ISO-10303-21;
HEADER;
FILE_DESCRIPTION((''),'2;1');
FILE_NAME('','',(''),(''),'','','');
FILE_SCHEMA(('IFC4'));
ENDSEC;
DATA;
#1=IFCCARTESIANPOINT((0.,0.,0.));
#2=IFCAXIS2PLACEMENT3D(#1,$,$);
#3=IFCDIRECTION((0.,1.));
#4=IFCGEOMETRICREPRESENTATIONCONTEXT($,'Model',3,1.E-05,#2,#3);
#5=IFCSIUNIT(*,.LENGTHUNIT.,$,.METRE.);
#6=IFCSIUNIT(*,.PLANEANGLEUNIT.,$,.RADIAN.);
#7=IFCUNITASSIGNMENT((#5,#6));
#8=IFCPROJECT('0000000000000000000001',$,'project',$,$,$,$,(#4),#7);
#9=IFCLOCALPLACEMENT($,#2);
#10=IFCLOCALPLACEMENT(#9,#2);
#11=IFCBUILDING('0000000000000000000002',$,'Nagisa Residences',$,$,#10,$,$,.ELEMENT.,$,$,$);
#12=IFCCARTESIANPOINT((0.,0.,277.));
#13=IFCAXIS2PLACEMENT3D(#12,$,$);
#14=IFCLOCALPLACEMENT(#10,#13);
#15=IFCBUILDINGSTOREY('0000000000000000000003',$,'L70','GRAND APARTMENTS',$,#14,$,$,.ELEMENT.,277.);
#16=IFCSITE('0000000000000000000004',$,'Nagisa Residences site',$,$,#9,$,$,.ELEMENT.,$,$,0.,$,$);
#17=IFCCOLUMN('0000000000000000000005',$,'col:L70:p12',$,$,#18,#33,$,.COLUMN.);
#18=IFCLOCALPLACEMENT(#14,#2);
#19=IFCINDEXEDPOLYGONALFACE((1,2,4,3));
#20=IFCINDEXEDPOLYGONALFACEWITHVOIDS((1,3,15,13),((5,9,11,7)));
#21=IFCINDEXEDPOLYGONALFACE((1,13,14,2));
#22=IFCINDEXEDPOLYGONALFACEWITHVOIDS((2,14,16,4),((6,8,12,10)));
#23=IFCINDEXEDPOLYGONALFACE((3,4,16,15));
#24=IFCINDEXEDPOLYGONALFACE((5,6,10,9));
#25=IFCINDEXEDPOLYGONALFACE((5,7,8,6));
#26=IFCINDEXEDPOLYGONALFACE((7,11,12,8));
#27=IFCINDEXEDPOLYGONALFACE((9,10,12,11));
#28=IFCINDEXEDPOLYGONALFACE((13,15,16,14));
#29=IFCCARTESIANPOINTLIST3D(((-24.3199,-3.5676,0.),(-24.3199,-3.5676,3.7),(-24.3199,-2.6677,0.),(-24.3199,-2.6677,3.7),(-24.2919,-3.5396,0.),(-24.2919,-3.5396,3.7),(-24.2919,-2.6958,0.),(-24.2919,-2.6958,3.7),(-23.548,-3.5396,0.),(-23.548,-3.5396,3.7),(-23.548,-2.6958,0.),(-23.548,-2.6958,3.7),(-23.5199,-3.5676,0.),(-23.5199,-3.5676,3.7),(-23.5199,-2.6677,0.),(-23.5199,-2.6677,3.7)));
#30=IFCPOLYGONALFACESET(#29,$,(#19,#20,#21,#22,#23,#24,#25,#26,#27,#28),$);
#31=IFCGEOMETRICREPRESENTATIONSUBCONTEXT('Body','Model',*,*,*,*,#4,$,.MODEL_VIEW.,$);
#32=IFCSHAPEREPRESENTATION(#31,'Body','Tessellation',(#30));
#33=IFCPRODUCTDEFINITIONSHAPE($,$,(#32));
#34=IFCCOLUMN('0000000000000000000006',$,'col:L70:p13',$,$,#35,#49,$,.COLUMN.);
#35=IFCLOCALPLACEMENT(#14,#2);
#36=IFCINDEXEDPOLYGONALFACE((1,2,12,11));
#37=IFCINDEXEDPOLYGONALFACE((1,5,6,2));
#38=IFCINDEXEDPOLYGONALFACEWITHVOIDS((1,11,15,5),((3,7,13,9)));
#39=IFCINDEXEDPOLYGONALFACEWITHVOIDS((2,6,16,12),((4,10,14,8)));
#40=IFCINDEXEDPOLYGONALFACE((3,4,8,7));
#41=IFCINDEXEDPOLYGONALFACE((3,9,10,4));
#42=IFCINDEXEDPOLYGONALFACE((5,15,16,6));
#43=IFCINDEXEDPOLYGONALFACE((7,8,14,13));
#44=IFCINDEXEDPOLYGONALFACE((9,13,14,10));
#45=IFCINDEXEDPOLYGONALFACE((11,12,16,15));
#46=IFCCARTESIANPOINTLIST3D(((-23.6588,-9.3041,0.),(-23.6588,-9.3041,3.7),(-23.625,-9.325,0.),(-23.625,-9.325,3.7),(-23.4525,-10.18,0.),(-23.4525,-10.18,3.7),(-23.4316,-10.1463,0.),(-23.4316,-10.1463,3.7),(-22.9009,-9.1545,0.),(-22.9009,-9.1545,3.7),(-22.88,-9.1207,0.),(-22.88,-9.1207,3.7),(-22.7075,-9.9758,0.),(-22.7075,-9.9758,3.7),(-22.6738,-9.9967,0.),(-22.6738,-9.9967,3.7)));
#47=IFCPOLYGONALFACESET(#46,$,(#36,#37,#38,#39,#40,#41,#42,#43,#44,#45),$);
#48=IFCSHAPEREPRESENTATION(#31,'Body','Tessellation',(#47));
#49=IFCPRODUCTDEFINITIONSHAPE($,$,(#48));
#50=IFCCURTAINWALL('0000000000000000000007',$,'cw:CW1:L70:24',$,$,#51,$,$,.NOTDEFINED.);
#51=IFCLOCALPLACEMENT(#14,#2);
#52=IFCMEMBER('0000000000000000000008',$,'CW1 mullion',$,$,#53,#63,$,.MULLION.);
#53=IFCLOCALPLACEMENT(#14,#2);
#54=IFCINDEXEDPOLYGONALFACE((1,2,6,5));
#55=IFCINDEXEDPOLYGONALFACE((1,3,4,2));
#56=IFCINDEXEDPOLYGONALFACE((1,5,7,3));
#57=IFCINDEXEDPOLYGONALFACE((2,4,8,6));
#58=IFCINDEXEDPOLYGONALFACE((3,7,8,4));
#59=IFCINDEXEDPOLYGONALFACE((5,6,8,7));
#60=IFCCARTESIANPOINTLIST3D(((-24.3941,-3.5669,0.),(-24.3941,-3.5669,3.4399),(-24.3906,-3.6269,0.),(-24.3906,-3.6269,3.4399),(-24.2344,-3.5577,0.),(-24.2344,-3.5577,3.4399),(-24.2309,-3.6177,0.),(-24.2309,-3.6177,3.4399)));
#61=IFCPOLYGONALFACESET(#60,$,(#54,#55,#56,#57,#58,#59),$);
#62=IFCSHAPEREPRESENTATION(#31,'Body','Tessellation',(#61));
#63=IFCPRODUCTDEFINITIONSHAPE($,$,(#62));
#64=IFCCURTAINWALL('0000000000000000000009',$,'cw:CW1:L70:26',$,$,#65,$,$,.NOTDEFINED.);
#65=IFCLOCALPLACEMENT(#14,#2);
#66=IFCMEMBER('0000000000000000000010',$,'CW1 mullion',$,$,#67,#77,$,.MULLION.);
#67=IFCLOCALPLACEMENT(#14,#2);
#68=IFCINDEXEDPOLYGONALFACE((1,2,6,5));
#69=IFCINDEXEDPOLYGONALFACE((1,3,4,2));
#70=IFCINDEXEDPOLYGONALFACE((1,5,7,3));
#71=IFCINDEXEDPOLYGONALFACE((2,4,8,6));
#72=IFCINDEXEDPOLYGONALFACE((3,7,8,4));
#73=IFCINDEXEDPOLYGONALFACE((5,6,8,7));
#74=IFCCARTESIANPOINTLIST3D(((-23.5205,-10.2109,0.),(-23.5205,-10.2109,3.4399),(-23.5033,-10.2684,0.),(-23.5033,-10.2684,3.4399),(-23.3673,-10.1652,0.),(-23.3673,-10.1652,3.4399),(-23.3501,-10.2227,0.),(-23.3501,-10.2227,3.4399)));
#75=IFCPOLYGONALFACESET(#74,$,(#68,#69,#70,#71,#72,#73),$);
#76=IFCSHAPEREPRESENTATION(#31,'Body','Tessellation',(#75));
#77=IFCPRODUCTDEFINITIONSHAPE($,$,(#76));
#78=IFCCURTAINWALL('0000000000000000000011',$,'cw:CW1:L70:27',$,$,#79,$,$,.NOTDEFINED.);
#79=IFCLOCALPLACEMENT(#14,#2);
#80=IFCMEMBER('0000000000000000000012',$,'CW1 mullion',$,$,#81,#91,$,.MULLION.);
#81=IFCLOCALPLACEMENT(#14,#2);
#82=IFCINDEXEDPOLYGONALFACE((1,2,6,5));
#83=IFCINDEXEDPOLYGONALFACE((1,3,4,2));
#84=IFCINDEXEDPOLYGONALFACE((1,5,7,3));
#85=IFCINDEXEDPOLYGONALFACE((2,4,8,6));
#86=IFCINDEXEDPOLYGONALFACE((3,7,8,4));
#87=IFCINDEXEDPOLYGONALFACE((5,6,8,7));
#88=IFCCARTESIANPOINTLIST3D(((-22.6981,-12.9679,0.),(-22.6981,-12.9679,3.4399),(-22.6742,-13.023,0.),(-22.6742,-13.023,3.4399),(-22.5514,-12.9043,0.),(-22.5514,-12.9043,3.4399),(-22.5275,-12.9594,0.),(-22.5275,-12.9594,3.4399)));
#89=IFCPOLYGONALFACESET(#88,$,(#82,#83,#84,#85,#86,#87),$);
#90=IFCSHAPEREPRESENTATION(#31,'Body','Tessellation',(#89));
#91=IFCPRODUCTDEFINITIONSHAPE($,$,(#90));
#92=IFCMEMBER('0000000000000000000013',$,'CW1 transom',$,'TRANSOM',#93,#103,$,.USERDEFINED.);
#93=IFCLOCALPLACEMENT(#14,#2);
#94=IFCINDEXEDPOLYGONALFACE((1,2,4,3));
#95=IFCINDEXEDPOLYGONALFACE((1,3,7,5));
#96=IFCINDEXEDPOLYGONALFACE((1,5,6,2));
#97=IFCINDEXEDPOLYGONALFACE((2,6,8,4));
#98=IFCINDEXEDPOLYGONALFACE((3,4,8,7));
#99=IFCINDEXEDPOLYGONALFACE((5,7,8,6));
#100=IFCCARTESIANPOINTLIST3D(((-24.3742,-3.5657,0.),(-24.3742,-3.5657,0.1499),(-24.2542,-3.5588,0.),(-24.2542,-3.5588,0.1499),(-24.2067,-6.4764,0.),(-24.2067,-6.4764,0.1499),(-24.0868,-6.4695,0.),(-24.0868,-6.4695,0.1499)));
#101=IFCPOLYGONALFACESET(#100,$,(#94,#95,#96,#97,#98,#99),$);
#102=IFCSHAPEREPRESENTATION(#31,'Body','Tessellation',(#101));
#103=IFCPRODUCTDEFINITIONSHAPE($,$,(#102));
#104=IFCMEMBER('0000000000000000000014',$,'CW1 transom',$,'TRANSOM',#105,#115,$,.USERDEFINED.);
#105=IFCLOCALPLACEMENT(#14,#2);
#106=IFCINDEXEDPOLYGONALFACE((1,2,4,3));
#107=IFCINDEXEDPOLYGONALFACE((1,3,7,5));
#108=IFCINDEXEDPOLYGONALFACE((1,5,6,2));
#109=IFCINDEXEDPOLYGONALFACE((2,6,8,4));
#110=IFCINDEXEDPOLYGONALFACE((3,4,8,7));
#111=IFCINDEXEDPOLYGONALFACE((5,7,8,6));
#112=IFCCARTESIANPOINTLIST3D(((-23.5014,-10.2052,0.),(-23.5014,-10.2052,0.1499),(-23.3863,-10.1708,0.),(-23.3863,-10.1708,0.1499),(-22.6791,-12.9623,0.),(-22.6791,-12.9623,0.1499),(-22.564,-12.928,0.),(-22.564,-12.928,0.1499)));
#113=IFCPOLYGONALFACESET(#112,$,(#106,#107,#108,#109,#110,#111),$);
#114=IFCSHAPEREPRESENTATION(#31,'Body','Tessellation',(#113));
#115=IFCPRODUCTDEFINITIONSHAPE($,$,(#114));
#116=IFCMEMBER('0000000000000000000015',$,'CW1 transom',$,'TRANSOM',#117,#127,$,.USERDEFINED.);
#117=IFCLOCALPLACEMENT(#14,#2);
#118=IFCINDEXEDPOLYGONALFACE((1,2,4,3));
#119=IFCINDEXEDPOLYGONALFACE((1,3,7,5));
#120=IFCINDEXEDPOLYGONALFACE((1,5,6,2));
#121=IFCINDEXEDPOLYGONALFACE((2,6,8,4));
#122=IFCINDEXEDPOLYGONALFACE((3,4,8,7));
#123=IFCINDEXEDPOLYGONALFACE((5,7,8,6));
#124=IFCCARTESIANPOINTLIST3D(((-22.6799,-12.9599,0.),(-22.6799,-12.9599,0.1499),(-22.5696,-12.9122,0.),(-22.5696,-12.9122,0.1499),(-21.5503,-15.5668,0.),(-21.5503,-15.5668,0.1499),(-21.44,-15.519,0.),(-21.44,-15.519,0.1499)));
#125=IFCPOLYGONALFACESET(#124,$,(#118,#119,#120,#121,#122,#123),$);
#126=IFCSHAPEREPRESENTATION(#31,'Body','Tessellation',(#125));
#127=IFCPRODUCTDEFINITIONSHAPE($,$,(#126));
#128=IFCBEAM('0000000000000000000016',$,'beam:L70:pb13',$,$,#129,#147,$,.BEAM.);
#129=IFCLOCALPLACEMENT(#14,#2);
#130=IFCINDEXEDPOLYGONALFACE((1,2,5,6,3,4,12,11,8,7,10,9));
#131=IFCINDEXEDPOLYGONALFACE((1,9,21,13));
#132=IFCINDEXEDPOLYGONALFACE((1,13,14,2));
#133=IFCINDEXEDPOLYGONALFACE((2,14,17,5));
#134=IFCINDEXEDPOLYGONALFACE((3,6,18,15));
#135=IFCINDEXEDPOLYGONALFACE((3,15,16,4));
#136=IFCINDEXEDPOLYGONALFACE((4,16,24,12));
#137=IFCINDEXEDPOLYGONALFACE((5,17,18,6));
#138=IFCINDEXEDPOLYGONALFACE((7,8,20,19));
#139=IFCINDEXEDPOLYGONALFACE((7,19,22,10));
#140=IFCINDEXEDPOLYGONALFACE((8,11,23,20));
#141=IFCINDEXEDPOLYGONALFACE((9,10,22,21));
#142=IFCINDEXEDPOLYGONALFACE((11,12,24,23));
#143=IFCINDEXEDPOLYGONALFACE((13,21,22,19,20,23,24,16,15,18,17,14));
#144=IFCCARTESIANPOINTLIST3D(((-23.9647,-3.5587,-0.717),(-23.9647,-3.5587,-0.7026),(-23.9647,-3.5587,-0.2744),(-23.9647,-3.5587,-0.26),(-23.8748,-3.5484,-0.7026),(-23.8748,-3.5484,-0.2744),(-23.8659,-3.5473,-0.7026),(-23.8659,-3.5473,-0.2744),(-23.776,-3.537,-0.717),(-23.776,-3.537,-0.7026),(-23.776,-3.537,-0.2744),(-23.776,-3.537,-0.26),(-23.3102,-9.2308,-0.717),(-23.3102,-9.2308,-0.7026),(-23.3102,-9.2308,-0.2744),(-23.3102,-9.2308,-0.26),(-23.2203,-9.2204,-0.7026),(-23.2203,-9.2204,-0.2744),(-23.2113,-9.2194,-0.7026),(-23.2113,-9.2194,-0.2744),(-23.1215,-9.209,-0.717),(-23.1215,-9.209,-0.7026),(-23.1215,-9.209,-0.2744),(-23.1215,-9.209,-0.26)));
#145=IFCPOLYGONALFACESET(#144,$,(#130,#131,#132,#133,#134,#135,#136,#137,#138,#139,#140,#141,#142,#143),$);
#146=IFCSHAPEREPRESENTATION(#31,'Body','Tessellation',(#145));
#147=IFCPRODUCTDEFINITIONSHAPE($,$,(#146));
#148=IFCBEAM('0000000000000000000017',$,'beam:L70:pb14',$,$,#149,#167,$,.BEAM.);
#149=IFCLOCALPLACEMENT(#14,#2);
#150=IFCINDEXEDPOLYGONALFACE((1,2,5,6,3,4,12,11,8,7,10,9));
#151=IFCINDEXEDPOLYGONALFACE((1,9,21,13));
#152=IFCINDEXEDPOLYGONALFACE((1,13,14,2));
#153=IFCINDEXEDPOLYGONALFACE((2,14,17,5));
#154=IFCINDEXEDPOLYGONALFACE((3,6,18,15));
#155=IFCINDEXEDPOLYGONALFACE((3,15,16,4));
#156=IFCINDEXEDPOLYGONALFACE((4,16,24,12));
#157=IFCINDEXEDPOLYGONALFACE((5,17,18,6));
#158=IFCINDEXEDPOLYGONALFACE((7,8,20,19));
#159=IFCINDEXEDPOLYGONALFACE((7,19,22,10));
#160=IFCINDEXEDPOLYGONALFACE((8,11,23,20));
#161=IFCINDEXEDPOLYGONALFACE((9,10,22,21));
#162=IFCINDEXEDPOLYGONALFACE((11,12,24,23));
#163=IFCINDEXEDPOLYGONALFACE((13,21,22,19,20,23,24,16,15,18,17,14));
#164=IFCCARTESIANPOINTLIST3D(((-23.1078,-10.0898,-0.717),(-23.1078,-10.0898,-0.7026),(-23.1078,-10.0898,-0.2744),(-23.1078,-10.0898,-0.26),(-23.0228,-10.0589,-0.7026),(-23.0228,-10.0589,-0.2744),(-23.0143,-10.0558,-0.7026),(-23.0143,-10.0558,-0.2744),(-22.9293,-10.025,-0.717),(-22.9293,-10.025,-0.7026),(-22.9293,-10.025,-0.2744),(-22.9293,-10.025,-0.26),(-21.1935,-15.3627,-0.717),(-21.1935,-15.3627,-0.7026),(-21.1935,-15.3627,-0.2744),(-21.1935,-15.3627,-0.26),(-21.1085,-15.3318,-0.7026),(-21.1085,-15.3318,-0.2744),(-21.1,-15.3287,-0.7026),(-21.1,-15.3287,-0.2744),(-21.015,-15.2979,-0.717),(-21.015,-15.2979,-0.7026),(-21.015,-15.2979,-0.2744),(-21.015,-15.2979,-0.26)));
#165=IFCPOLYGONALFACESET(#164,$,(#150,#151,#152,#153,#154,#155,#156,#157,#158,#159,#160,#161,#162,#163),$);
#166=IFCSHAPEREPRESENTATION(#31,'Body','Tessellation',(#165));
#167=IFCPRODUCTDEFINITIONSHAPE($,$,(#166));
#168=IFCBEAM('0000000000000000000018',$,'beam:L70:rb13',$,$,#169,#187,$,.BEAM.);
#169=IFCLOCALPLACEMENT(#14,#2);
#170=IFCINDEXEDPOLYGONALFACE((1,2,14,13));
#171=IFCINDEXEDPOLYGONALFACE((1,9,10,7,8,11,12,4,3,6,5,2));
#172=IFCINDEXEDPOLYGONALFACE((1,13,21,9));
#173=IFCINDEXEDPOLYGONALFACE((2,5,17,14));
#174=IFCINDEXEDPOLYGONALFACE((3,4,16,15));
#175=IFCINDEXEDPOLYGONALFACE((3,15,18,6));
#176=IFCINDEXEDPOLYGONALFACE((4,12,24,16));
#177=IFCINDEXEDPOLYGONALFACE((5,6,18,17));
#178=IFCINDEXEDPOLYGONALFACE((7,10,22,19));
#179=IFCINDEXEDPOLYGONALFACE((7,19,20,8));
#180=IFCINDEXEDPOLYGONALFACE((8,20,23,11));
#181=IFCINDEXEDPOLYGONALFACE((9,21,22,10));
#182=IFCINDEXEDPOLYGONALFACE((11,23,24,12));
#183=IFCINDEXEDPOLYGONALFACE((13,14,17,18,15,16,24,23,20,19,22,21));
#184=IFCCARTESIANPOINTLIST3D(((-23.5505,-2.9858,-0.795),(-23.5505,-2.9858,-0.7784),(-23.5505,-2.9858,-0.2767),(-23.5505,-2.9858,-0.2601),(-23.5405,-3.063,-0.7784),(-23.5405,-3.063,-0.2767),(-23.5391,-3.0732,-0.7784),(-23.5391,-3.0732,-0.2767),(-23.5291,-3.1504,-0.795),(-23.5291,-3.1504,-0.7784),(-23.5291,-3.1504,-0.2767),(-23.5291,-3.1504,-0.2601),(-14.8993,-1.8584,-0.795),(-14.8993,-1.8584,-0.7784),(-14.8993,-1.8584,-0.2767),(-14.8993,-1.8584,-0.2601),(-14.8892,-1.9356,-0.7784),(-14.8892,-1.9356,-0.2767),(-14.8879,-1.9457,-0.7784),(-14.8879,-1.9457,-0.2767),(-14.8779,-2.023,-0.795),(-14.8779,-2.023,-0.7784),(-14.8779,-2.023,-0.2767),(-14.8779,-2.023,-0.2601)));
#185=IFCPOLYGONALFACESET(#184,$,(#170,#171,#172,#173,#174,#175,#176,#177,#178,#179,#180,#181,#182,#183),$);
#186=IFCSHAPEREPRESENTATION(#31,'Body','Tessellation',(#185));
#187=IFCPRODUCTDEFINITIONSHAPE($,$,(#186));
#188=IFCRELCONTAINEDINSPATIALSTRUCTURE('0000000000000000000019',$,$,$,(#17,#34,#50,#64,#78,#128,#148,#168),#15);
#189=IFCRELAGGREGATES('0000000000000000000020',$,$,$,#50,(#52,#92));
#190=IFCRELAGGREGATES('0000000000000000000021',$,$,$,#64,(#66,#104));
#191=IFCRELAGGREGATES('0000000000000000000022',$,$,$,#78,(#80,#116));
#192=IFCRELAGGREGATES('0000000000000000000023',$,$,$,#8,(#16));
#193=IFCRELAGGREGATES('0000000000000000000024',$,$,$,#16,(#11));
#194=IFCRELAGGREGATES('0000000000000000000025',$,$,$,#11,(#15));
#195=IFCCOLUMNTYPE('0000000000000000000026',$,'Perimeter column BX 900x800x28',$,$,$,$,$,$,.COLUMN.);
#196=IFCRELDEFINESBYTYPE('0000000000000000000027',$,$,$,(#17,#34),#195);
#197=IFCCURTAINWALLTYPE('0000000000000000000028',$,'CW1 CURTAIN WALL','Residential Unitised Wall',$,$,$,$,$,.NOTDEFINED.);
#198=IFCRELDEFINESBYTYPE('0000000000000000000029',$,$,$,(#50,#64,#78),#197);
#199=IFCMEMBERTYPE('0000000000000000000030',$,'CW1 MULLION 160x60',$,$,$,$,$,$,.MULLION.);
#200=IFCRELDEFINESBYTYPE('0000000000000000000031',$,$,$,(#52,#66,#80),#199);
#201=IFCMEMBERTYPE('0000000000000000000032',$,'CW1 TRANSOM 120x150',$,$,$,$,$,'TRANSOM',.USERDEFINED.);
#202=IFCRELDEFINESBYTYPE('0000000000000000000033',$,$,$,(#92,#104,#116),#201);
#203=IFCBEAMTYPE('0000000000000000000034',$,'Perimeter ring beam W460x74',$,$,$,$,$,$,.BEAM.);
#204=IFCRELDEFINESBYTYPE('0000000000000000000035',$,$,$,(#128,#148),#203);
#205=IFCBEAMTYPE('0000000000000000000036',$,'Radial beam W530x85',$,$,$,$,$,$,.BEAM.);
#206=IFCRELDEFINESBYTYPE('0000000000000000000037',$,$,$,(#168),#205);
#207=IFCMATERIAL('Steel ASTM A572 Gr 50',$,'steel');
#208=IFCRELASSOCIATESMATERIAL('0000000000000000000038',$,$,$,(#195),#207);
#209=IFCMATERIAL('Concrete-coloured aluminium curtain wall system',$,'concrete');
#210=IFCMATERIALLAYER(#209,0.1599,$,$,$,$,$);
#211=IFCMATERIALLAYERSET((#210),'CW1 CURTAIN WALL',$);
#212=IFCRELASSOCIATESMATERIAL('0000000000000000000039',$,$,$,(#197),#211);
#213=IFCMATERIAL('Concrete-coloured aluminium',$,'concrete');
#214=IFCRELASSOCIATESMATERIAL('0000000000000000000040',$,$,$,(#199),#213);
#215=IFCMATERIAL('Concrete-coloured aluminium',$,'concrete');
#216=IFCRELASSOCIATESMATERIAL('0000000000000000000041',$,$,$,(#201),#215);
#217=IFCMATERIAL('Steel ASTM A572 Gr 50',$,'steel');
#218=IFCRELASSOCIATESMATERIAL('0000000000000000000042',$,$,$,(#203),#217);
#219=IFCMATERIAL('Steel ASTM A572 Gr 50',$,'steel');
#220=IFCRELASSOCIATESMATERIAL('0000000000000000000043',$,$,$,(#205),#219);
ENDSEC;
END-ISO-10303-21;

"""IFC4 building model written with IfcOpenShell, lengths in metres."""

from ifc_helpers import new_model, si_unit, direction, frame, origin, origin_2d, place, context, subcontext, project, spatial, rectangle, hollow_rectangle, i_section, extrude, material, layer, layer_set, material_profile, profile_set, type_object, element, aggregate, save


model = new_model("IFC4")

# Units and contexts
model_context = context("Model", 3, precision=1e-05, world=origin(), true_north=direction((0.0, 1.0)))
body_context = subcontext(model_context, "Body", "Model", "MODEL_VIEW")
ifc_project = project(units=[si_unit("LENGTHUNIT", "METRE"), si_unit("PLANEANGLEUNIT", "RADIAN")], contexts=[model_context])

# Site, building, storey
site_placement = place(None, origin())
site = spatial("IfcSite", under=ifc_project, at=site_placement, Name="Nagisa Residences site", CompositionType="ELEMENT", RefElevation=0.0)
building_placement = place(site_placement, origin())
building = spatial("IfcBuilding", under=site, at=building_placement, Name="Nagisa Residences", CompositionType="ELEMENT")
storey_placement = place(building_placement, frame((0.0, 0.0, 277.0)))
storey = spatial("IfcBuildingStorey", under=building, at=storey_placement, Name="L70", Description="GRAND APARTMENTS", CompositionType="ELEMENT", Elevation=277.0)

# Columns
ifc_material_1 = material(Name="Steel ASTM A572 Gr 50", Category="steel")
ifc_material_profile_1 = material_profile(ifc_material_1, hollow_rectangle(XDim=0.8999, YDim=0.8, WallThickness=0.0281, at=origin_2d()), Name="BX 900x800x28")
ifc_profile_set_1 = profile_set([ifc_material_profile_1], Name="Steel ASTM A572 Gr 50")
column_type = type_object("IfcColumnType", Name="Perimeter column BX 900x800x28", PredefinedType="COLUMN", material=ifc_profile_set_1)
for number, where, z_axis, x_axis, name in (
    (1, (-23.9199, -3.1177, 0.0), (0.0, 0.0, 1.0), (0.0, -1.0, 0.0), "col:L70:p12"),
    (2, (-23.1663, -9.6504, 0.0), (0.0, 0.0, 1.0), (0.229202, -0.973379, 0.0), "col:L70:p13"),
):
    element("IfcColumn", number, at=place(storey_placement, frame(where, z_axis=z_axis, x_axis=x_axis)), inside=storey, type_object=column_type, Name=name, PredefinedType="COLUMN", context=body_context, shape_type="SweptSolid", body=[
        extrude(hollow_rectangle(XDim=0.8999, YDim=0.8, WallThickness=0.0281, at=origin_2d()), origin(), (0.0, 0.0, 1.0), 3.7),
    ])

# Curtain walls, members
ifc_material_2 = material(Name="Concrete-coloured aluminium curtain wall system", Category="concrete")
ifc_layer_1 = layer(ifc_material_2, 0.1599)
ifc_layer_set_1 = layer_set([ifc_layer_1], Name="CW1 CURTAIN WALL")
curtain_wall_type = type_object("IfcCurtainWallType", Name="CW1 CURTAIN WALL", Description="Residential Unitised Wall", PredefinedType="NOTDEFINED", material=ifc_layer_set_1)
curtain_wall_1_placement = place(storey_placement, origin())
curtain_wall_1 = element("IfcCurtainWall", 3, at=curtain_wall_1_placement, inside=storey, type_object=curtain_wall_type, Name="cw:CW1:L70:24", PredefinedType="NOTDEFINED")
ifc_material_3 = material(Name="Concrete-coloured aluminium", Category="concrete")
ifc_material_profile_2 = material_profile(ifc_material_3, rectangle(XDim=0.1599, YDim=0.0601, at=origin_2d()), Name="CW1 MULLION 160x60")
ifc_profile_set_2 = profile_set([ifc_material_profile_2], Name="Concrete-coloured aluminium")
member_type_1 = type_object("IfcMemberType", Name="CW1 MULLION 160x60", PredefinedType="MULLION", material=ifc_profile_set_2)
member_1_placement = place(storey_placement, frame((-24.3125, -3.5923, 0.0), z_axis=(0.0, 0.0, 1.0), x_axis=(0.998345, 0.057503, 0.0)))
member_1 = element("IfcMember", 4, at=member_1_placement, type_object=member_type_1, Name="CW1 mullion", PredefinedType="MULLION", context=body_context, shape_type="SweptSolid", body=[
    extrude(rectangle(XDim=0.1599, YDim=0.0601, at=origin_2d()), origin(), (0.0, 0.0, 1.0), 3.4399),
])
curtain_wall_2_placement = place(storey_placement, origin())
curtain_wall_2 = element("IfcCurtainWall", 5, at=curtain_wall_2_placement, inside=storey, type_object=curtain_wall_type, Name="cw:CW1:L70:26", PredefinedType="NOTDEFINED")
member_2_placement = place(storey_placement, frame((-23.4353, -10.2168, 0.0), z_axis=(0.0, 0.0, 1.0), x_axis=(0.958271, 0.28586, 0.0)))
member_2 = element("IfcMember", 6, at=member_2_placement, type_object=member_type_1, Name="CW1 mullion", PredefinedType="MULLION", context=body_context, shape_type="SweptSolid", body=[
    extrude(rectangle(XDim=0.1599, YDim=0.0601, at=origin_2d()), origin(), (0.0, 0.0, 1.0), 3.4399),
])
curtain_wall_3_placement = place(storey_placement, origin())
curtain_wall_3 = element("IfcCurtainWall", 7, at=curtain_wall_3_placement, inside=storey, type_object=curtain_wall_type, Name="cw:CW1:L70:27", PredefinedType="NOTDEFINED")
member_3_placement = place(storey_placement, frame((-22.6128, -12.9636, 0.0), z_axis=(0.0, 0.0, 1.0), x_axis=(0.917543, 0.397636, 0.0)))
member_3 = element("IfcMember", 8, at=member_3_placement, type_object=member_type_1, Name="CW1 mullion", PredefinedType="MULLION", context=body_context, shape_type="SweptSolid", body=[
    extrude(rectangle(XDim=0.1599, YDim=0.0601, at=origin_2d()), origin(), (0.0, 0.0, 1.0), 3.4399),
])

# Members
ifc_material_4 = material(Name="Concrete-coloured aluminium", Category="concrete")
ifc_material_profile_3 = material_profile(ifc_material_4, rectangle(XDim=0.1201, YDim=0.1499, at=origin_2d()), Name="CW1 TRANSOM 120x150")
ifc_profile_set_3 = profile_set([ifc_material_profile_3], Name="Concrete-coloured aluminium")
member_type_2 = type_object("IfcMemberType", Name="CW1 TRANSOM 120x150", ElementType="TRANSOM", PredefinedType="USERDEFINED", material=ifc_profile_set_3)
member_4_placement = place(storey_placement, frame((-24.3142, -3.5623, 0.075), z_axis=(0.057446, -0.998349, 0.0), x_axis=(0.998349, 0.057446, 0.0)))
member_4 = element("IfcMember", 9, at=member_4_placement, type_object=member_type_2, Name="CW1 transom", ObjectType="TRANSOM", PredefinedType="USERDEFINED", context=body_context, shape_type="SweptSolid", body=[
    extrude(rectangle(XDim=0.1201, YDim=0.1499, at=origin_2d()), origin(), (0.0, 0.0, 1.0), 2.9155),
])
member_5_placement = place(storey_placement, frame((-23.4438, -10.188, 0.075), z_axis=(0.285798, -0.95829, 0.0), x_axis=(0.95829, 0.285798, 0.0)))
member_5 = element("IfcMember", 10, at=member_5_placement, type_object=member_type_2, Name="CW1 transom", ObjectType="TRANSOM", PredefinedType="USERDEFINED", context=body_context, shape_type="SweptSolid", body=[
    extrude(rectangle(XDim=0.1201, YDim=0.1499, at=origin_2d()), origin(), (0.0, 0.0, 1.0), 2.8772),
])
member_6_placement = place(storey_placement, frame((-22.6248, -12.936, 0.075), z_axis=(0.397598, -0.91756, 0.0), x_axis=(0.91756, 0.397598, 0.0)))
member_6 = element("IfcMember", 11, at=member_6_placement, type_object=member_type_2, Name="CW1 transom", ObjectType="TRANSOM", PredefinedType="USERDEFINED", context=body_context, shape_type="SweptSolid", body=[
    extrude(rectangle(XDim=0.1201, YDim=0.1499, at=origin_2d()), origin(), (0.0, 0.0, 1.0), 2.8411),
])

# Beams
ifc_material_5 = material(Name="Steel ASTM A572 Gr 50", Category="steel")
ifc_material_profile_4 = material_profile(ifc_material_5, i_section(OverallWidth=0.1899, OverallDepth=0.457, WebThickness=0.009, FlangeThickness=0.0144, at=origin_2d()), Name="W460x74")
ifc_profile_set_4 = profile_set([ifc_material_profile_4], Name="Steel ASTM A572 Gr 50")
beam_type_1 = type_object("IfcBeamType", Name="Perimeter ring beam W460x74", PredefinedType="BEAM", material=ifc_profile_set_4)
beam_1_placement = place(storey_placement, frame((-23.8704, -3.5479, -0.4885), z_axis=(0.114635, -0.993408, 0.0), x_axis=(0.993408, 0.114635, 0.0)))
element("IfcBeam", 12, at=beam_1_placement, inside=storey, type_object=beam_type_1, Name="beam:L70:pb13", PredefinedType="BEAM", context=body_context, shape_type="SweptSolid", body=[
    extrude(i_section(OverallWidth=0.1899, OverallDepth=0.457, WebThickness=0.009, FlangeThickness=0.0144, at=origin_2d()), origin(), (0.0, 0.0, 1.0), 5.7097),
])
beam_2_placement = place(storey_placement, frame((-23.0186, -10.0574, -0.4885), z_axis=(0.34125, -0.939972, 0.0), x_axis=(0.939972, 0.34125, 0.0)))
element("IfcBeam", 13, at=beam_2_placement, inside=storey, type_object=beam_type_1, Name="beam:L70:pb14", PredefinedType="BEAM", context=body_context, shape_type="SweptSolid", body=[
    extrude(i_section(OverallWidth=0.1899, OverallDepth=0.457, WebThickness=0.009, FlangeThickness=0.0144, at=origin_2d()), origin(), (0.0, 0.0, 1.0), 5.6096),
])
ifc_material_6 = material(Name="Steel ASTM A572 Gr 50", Category="steel")
ifc_material_profile_5 = material_profile(ifc_material_6, i_section(OverallWidth=0.166, OverallDepth=0.5349, WebThickness=0.0103, FlangeThickness=0.0166, at=origin_2d()), Name="W530x85")
ifc_profile_set_5 = profile_set([ifc_material_profile_5], Name="Steel ASTM A572 Gr 50")
beam_type_2 = type_object("IfcBeamType", Name="Radial beam W530x85", PredefinedType="BEAM", material=ifc_profile_set_5)
beam_3_placement = place(storey_placement, frame((-23.5398, -3.0681, -0.5276), z_axis=(0.991615, 0.12923, 0.0), x_axis=(-0.12923, 0.991615, 0.0)))
element("IfcBeam", 14, at=beam_3_placement, inside=storey, type_object=beam_type_2, Name="beam:L70:rb13", PredefinedType="BEAM", context=body_context, shape_type="SweptSolid", body=[
    extrude(i_section(OverallWidth=0.166, OverallDepth=0.5349, WebThickness=0.0103, FlangeThickness=0.0166, at=origin_2d()), origin(), (0.0, 0.0, 1.0), 8.7244),
])

aggregate(curtain_wall_1, [member_1, member_4])
aggregate(curtain_wall_2, [member_2, member_5])
aggregate(curtain_wall_3, [member_3, member_6])

save(model, "model.ifc")
